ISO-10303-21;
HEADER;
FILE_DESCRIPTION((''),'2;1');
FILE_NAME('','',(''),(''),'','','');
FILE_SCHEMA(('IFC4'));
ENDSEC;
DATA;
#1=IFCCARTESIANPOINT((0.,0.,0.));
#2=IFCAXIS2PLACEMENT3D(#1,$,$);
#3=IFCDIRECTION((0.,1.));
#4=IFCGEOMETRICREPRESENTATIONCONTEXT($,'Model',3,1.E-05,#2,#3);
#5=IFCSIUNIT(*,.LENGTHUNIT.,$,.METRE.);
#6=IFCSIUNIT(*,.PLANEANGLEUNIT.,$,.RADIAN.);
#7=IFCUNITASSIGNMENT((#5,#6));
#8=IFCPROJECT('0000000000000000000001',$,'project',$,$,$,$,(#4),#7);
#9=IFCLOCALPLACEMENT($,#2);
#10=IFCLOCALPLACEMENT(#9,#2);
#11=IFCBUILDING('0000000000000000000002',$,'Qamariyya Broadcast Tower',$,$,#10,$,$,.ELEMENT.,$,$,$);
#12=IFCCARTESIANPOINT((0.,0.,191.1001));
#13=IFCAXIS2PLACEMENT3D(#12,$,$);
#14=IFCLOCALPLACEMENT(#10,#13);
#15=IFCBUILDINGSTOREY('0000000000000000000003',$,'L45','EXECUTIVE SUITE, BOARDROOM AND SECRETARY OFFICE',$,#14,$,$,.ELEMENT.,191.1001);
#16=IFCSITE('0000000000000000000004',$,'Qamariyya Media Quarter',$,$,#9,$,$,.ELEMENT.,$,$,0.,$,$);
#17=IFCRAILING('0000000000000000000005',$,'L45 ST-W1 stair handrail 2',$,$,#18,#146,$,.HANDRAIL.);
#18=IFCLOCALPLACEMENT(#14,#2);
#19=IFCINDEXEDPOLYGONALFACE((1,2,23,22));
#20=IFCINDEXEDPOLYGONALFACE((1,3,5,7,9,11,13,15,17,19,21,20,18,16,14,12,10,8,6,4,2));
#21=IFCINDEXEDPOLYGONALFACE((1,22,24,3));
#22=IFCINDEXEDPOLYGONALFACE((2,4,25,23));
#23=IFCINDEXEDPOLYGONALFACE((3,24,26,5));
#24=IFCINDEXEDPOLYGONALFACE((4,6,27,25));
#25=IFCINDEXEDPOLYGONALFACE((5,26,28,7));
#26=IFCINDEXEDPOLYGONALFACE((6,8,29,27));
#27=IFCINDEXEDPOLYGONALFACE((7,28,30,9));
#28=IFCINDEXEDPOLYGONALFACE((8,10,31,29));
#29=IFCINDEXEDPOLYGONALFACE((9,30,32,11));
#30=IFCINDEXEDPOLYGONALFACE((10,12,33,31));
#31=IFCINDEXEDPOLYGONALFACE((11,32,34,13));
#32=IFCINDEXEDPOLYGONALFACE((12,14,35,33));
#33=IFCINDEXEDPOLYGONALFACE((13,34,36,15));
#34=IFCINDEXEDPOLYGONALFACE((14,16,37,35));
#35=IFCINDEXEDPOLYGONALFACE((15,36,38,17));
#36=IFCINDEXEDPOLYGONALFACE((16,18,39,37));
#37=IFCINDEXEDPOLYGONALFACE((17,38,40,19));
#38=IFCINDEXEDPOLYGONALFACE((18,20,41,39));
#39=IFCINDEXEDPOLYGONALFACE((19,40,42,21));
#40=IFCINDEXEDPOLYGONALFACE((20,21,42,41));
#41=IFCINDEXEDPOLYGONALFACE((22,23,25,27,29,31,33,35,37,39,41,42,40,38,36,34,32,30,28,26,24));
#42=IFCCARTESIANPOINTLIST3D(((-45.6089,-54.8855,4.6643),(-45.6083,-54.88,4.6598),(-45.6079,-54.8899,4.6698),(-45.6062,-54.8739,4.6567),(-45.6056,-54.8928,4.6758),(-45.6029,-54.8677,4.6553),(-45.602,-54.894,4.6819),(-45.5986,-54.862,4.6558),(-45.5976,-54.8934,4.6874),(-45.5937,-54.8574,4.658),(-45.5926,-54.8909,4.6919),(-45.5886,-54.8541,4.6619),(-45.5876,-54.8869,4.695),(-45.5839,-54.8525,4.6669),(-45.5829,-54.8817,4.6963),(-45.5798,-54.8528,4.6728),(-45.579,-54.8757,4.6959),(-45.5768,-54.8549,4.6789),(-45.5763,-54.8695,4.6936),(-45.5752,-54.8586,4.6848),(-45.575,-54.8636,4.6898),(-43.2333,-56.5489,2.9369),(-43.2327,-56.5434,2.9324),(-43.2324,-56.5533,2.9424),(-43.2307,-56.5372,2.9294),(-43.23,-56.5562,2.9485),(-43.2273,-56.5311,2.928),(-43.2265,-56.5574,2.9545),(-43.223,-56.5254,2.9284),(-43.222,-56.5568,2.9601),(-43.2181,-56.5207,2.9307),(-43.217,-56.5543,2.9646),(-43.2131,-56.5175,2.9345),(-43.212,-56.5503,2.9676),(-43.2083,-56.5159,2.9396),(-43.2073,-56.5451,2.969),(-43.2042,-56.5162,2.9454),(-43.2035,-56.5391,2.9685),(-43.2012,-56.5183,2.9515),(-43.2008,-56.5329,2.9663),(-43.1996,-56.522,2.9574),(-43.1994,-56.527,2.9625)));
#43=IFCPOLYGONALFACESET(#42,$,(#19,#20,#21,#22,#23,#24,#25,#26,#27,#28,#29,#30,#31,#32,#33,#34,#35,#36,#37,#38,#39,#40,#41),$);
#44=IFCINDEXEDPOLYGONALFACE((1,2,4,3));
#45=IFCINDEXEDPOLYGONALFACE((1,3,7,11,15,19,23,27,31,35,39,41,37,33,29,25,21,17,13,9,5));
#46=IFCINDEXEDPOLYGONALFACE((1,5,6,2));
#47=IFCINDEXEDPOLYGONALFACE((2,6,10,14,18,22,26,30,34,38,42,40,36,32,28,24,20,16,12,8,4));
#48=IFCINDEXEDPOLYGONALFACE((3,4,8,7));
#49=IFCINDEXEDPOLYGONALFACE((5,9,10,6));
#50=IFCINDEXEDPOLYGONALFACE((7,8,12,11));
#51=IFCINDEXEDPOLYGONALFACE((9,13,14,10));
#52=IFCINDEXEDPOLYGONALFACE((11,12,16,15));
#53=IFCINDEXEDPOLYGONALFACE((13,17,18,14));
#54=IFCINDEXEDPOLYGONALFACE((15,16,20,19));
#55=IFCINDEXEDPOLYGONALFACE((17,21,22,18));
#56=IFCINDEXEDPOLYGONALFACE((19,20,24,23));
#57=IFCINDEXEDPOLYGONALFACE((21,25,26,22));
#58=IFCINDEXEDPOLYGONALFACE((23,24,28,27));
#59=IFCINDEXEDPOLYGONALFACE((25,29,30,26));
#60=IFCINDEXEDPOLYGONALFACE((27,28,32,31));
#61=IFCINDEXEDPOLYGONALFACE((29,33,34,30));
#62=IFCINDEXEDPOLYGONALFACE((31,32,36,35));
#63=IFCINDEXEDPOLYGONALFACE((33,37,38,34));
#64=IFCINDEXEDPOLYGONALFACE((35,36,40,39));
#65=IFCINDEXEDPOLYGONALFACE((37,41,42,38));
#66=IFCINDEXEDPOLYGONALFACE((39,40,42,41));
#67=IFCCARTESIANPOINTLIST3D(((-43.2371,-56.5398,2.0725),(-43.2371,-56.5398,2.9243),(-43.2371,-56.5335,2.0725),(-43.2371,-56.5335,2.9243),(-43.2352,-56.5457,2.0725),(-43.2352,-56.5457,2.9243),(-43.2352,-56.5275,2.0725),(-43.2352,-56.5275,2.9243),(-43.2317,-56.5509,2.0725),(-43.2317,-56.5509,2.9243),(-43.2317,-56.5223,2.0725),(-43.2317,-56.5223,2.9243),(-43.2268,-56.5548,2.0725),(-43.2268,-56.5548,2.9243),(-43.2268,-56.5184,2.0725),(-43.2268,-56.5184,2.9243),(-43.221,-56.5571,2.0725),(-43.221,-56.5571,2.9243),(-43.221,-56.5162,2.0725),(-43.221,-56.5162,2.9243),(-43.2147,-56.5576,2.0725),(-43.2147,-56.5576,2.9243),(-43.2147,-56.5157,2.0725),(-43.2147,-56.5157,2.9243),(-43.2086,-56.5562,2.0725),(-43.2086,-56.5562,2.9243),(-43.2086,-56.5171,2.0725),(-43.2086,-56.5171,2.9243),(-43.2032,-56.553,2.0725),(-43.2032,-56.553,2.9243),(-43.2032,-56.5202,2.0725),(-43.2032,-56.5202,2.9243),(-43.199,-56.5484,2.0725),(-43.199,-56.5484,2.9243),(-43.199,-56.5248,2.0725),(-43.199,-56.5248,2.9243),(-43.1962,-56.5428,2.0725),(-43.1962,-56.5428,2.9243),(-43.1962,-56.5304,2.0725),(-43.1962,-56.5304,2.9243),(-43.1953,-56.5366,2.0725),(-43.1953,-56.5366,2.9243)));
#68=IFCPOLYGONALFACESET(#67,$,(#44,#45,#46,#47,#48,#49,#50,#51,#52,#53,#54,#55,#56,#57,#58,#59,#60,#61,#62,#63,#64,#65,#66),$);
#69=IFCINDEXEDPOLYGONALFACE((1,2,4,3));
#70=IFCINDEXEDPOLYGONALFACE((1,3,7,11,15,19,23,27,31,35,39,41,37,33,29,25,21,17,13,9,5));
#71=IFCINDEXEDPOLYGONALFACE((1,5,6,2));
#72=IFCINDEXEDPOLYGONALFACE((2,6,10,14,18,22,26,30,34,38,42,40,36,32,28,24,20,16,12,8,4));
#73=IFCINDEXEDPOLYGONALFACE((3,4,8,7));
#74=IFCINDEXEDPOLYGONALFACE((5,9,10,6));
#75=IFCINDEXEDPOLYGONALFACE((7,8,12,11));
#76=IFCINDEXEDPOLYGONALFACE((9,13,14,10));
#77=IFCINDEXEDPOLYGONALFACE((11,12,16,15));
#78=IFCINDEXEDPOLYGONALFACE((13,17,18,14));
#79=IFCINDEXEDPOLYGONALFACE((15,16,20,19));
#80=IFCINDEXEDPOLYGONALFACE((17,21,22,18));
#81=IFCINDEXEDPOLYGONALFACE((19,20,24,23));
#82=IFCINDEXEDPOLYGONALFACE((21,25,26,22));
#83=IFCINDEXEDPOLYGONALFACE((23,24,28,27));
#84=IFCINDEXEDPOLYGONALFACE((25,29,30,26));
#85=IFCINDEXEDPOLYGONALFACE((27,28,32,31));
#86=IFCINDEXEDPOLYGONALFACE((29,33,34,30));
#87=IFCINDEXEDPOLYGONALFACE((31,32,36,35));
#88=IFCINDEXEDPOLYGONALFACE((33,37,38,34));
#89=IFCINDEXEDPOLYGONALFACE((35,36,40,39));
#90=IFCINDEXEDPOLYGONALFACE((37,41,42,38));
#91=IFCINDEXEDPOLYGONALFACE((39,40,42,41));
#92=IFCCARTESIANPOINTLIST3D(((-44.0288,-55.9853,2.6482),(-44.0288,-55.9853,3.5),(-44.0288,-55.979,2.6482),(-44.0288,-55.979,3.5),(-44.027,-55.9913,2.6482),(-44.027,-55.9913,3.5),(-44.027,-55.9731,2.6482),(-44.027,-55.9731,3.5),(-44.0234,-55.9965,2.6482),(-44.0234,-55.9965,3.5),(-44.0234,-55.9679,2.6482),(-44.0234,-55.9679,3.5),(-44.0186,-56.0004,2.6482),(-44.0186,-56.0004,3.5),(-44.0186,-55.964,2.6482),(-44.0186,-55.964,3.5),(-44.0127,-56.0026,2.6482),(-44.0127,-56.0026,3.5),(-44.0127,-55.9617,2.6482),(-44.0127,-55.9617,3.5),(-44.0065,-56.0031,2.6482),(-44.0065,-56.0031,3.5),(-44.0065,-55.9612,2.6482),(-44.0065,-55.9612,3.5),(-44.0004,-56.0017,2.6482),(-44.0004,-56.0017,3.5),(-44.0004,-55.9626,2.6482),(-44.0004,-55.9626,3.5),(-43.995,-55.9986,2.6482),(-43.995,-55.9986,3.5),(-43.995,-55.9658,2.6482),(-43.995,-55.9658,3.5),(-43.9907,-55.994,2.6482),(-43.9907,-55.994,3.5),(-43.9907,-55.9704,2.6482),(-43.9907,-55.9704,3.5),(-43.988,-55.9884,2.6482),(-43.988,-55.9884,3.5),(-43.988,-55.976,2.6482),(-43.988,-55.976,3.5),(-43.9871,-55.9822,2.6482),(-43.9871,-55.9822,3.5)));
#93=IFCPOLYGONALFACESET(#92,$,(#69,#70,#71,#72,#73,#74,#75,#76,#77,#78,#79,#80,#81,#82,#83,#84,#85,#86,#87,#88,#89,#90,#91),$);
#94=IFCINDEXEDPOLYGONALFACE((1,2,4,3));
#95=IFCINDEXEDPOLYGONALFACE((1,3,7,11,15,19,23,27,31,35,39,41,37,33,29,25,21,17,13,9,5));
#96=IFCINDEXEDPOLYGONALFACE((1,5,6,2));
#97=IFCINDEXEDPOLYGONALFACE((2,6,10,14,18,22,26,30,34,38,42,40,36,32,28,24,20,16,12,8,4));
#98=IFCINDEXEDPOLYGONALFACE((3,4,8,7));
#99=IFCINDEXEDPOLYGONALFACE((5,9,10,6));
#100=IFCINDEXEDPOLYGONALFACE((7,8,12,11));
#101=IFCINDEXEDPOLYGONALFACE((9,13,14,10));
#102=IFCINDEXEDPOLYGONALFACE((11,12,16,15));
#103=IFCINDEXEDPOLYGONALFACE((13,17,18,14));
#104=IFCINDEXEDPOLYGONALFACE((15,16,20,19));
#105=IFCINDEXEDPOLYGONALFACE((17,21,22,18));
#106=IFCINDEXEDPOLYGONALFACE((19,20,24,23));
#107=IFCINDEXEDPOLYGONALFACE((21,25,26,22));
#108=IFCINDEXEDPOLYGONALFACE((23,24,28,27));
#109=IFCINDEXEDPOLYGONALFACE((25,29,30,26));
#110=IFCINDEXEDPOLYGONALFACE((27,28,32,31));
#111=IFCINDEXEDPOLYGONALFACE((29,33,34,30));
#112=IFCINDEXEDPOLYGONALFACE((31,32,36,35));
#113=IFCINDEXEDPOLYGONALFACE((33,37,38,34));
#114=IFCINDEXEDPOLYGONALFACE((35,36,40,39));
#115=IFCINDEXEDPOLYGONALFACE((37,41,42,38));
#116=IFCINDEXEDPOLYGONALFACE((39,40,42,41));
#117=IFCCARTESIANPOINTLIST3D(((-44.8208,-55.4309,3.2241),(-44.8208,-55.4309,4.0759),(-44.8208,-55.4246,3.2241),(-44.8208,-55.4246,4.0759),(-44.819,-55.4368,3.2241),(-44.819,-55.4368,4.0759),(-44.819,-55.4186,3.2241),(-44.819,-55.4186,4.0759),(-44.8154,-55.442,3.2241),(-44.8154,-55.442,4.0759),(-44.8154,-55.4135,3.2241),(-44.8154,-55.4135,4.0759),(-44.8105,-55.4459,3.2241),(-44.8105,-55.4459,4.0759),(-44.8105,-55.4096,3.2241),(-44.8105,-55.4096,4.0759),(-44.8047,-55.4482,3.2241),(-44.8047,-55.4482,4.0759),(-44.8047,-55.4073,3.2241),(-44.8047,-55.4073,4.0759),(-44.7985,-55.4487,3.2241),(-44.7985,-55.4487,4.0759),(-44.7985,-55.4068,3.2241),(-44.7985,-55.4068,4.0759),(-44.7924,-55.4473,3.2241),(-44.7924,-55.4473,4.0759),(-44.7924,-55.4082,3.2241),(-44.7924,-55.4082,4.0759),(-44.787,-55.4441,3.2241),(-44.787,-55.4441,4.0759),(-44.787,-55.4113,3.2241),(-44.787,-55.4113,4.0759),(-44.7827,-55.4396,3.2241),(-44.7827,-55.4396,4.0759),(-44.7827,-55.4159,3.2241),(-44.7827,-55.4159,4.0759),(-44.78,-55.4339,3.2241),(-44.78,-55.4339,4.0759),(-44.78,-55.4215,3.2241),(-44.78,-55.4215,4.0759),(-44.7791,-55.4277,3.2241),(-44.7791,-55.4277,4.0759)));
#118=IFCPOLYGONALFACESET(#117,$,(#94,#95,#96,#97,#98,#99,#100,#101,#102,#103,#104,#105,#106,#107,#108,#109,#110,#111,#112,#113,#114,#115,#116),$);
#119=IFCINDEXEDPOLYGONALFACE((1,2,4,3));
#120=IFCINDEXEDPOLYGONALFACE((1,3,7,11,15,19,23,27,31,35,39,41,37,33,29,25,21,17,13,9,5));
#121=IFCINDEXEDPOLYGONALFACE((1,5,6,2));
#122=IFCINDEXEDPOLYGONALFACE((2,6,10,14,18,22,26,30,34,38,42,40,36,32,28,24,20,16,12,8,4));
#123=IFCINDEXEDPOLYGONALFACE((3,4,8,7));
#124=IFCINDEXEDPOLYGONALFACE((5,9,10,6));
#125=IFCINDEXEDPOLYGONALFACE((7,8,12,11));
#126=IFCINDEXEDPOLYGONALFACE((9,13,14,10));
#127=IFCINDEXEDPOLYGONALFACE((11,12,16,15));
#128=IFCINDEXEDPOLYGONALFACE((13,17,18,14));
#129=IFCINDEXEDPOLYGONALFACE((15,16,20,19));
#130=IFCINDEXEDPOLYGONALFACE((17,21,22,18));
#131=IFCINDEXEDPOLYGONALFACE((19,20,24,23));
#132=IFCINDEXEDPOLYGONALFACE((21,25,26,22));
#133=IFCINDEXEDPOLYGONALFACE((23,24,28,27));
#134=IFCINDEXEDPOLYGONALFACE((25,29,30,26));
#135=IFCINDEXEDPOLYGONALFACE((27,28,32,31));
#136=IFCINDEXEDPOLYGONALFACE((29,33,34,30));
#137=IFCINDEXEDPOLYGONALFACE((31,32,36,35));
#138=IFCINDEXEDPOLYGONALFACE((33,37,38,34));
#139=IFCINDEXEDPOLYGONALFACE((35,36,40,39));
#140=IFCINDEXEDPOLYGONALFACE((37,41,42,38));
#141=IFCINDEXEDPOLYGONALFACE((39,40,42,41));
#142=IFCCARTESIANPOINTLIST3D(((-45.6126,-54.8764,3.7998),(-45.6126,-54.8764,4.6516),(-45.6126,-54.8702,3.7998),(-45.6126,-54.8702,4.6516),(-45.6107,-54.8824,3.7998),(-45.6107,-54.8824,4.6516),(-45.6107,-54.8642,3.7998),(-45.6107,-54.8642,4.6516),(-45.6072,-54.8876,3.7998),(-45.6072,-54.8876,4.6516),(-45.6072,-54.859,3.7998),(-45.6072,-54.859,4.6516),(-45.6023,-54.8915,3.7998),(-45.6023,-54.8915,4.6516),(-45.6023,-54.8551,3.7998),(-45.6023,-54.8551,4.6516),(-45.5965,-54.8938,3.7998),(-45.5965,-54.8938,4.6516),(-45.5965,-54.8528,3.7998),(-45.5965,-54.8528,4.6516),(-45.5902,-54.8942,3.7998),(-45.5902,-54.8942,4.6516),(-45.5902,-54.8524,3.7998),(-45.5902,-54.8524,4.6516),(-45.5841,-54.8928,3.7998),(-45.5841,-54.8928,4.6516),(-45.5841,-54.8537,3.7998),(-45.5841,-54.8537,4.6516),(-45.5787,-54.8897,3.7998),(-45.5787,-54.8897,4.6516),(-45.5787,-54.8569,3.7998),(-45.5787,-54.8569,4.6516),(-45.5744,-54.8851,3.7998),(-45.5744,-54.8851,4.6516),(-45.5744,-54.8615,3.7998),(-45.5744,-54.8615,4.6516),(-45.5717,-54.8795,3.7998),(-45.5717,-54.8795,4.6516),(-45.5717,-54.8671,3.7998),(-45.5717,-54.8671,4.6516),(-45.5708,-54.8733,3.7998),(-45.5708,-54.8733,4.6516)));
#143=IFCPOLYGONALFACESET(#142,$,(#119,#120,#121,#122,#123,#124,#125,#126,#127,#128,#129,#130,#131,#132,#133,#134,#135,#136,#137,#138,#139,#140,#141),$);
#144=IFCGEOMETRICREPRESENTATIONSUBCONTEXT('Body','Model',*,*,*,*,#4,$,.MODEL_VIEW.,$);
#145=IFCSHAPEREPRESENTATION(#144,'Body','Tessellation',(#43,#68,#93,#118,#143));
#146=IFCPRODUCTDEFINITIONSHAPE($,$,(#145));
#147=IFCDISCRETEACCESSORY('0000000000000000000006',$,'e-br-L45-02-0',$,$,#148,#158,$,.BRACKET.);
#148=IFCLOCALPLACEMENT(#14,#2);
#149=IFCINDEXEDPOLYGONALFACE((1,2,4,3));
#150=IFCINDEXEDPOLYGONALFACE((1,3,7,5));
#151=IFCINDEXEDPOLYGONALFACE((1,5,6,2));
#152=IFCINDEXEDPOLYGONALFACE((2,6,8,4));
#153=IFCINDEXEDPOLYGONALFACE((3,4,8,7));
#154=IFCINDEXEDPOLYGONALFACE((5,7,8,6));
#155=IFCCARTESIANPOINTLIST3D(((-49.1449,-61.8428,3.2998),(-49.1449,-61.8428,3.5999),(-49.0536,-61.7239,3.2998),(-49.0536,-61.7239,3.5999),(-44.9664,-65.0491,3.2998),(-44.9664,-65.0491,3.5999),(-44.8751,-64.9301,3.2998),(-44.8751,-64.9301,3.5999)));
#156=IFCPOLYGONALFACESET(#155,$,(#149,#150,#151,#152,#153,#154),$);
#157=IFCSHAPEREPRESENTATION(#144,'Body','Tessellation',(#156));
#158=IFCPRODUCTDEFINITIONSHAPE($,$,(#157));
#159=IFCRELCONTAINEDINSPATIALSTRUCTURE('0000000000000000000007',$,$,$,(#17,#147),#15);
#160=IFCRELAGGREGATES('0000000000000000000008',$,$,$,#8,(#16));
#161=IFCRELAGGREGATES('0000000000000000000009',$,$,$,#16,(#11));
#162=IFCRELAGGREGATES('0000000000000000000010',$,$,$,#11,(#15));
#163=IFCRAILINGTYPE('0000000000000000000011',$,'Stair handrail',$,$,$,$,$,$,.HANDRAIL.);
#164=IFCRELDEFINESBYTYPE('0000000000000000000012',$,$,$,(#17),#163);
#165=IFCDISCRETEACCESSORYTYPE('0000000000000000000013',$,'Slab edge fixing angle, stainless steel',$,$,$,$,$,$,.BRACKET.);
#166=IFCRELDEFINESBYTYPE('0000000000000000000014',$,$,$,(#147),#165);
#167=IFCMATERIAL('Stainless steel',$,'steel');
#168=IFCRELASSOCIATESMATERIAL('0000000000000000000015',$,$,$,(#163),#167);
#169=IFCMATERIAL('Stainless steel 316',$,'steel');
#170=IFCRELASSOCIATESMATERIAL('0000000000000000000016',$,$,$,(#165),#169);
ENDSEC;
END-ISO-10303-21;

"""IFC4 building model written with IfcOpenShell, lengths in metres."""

from ifc_helpers import new_model, si_unit, direction, frame, origin, origin_2d, place, context, subcontext, project, spatial, rectangle, circle, extrude, material, type_object, element, save


model = new_model("IFC4")

# Units and contexts
model_context = context("Model", 3, precision=1e-05, world=origin(), true_north=direction((0.0, 1.0)))
body_context = subcontext(model_context, "Body", "Model", "MODEL_VIEW")
ifc_project = project(units=[si_unit("LENGTHUNIT", "METRE"), si_unit("PLANEANGLEUNIT", "RADIAN")], contexts=[model_context])

# Site, building, storey
site_placement = place(None, origin())
site = spatial("IfcSite", under=ifc_project, at=site_placement, Name="Qamariyya Media Quarter", CompositionType="ELEMENT", RefElevation=0.0)
building_placement = place(site_placement, origin())
building = spatial("IfcBuilding", under=site, at=building_placement, Name="Qamariyya Broadcast Tower", CompositionType="ELEMENT")
storey_placement = place(building_placement, frame((0.0, 0.0, 191.1001)))
storey = spatial("IfcBuildingStorey", under=building, at=storey_placement, Name="L45", Description="EXECUTIVE SUITE, BOARDROOM AND SECRETARY OFFICE", CompositionType="ELEMENT", Elevation=191.1001)

# Railing
ifc_material_1 = material(Name="Stainless steel", Category="steel")
railing_type_1 = type_object("IfcRailingType", Name="Stair handrail", PredefinedType="HANDRAIL", material=ifc_material_1)
railing_1_placement = place(storey_placement, frame((-43.2163, -56.5366, 2.0725)))
element("IfcRailing", 1, at=railing_1_placement, inside=storey, type_object=railing_type_1, Name="L45 ST-W1 stair handrail 2", PredefinedType="HANDRAIL", context=body_context, shape_type="SweptSolid", body=[
    extrude(circle(Radius=0.0239, at=origin_2d()), frame((0.0, 0.0, 0.876), z_axis=(-0.70377, 0.492784, 0.511734), x_axis=(-0.573575, -0.819153, 0.0)), (0.0, 0.0, 1.0), 3.3755),
    extrude(circle(Radius=0.021, at=origin_2d()), origin(), (0.0, 0.0, 1.0), 0.8518),
    extrude(circle(Radius=0.021, at=origin_2d()), frame((-0.7917, 0.5544, 0.5757)), (0.0, 0.0, 1.0), 0.8518),
    extrude(circle(Radius=0.021, at=origin_2d()), frame((-1.5837, 1.1089, 1.1516)), (0.0, 0.0, 1.0), 0.8518),
    extrude(circle(Radius=0.021, at=origin_2d()), frame((-2.3755, 1.6633, 1.7273)), (0.0, 0.0, 1.0), 0.8518),
])

# Discrete accessory
ifc_material_2 = material(Name="Stainless steel 316", Category="steel")
discrete_accessory_type = type_object("IfcDiscreteAccessoryType", Name="Slab edge fixing angle, stainless steel", PredefinedType="BRACKET", material=ifc_material_2)
discrete_accessory_placement = place(storey_placement, frame((-47.01, -63.3865, 3.2998), z_axis=(0.0, 0.0, 1.0), x_axis=(0.793353, -0.608761, 0.0)))
element("IfcDiscreteAccessory", 2, at=discrete_accessory_placement, inside=storey, type_object=discrete_accessory_type, Name="e-br-L45-02-0", PredefinedType="BRACKET", context=body_context, shape_type="SweptSolid", body=[
    extrude(rectangle(XDim=5.2668, YDim=0.1499, at=origin_2d()), origin(), (0.0, 0.0, 1.0), 0.3),
])

save(model, "model.ifc")
